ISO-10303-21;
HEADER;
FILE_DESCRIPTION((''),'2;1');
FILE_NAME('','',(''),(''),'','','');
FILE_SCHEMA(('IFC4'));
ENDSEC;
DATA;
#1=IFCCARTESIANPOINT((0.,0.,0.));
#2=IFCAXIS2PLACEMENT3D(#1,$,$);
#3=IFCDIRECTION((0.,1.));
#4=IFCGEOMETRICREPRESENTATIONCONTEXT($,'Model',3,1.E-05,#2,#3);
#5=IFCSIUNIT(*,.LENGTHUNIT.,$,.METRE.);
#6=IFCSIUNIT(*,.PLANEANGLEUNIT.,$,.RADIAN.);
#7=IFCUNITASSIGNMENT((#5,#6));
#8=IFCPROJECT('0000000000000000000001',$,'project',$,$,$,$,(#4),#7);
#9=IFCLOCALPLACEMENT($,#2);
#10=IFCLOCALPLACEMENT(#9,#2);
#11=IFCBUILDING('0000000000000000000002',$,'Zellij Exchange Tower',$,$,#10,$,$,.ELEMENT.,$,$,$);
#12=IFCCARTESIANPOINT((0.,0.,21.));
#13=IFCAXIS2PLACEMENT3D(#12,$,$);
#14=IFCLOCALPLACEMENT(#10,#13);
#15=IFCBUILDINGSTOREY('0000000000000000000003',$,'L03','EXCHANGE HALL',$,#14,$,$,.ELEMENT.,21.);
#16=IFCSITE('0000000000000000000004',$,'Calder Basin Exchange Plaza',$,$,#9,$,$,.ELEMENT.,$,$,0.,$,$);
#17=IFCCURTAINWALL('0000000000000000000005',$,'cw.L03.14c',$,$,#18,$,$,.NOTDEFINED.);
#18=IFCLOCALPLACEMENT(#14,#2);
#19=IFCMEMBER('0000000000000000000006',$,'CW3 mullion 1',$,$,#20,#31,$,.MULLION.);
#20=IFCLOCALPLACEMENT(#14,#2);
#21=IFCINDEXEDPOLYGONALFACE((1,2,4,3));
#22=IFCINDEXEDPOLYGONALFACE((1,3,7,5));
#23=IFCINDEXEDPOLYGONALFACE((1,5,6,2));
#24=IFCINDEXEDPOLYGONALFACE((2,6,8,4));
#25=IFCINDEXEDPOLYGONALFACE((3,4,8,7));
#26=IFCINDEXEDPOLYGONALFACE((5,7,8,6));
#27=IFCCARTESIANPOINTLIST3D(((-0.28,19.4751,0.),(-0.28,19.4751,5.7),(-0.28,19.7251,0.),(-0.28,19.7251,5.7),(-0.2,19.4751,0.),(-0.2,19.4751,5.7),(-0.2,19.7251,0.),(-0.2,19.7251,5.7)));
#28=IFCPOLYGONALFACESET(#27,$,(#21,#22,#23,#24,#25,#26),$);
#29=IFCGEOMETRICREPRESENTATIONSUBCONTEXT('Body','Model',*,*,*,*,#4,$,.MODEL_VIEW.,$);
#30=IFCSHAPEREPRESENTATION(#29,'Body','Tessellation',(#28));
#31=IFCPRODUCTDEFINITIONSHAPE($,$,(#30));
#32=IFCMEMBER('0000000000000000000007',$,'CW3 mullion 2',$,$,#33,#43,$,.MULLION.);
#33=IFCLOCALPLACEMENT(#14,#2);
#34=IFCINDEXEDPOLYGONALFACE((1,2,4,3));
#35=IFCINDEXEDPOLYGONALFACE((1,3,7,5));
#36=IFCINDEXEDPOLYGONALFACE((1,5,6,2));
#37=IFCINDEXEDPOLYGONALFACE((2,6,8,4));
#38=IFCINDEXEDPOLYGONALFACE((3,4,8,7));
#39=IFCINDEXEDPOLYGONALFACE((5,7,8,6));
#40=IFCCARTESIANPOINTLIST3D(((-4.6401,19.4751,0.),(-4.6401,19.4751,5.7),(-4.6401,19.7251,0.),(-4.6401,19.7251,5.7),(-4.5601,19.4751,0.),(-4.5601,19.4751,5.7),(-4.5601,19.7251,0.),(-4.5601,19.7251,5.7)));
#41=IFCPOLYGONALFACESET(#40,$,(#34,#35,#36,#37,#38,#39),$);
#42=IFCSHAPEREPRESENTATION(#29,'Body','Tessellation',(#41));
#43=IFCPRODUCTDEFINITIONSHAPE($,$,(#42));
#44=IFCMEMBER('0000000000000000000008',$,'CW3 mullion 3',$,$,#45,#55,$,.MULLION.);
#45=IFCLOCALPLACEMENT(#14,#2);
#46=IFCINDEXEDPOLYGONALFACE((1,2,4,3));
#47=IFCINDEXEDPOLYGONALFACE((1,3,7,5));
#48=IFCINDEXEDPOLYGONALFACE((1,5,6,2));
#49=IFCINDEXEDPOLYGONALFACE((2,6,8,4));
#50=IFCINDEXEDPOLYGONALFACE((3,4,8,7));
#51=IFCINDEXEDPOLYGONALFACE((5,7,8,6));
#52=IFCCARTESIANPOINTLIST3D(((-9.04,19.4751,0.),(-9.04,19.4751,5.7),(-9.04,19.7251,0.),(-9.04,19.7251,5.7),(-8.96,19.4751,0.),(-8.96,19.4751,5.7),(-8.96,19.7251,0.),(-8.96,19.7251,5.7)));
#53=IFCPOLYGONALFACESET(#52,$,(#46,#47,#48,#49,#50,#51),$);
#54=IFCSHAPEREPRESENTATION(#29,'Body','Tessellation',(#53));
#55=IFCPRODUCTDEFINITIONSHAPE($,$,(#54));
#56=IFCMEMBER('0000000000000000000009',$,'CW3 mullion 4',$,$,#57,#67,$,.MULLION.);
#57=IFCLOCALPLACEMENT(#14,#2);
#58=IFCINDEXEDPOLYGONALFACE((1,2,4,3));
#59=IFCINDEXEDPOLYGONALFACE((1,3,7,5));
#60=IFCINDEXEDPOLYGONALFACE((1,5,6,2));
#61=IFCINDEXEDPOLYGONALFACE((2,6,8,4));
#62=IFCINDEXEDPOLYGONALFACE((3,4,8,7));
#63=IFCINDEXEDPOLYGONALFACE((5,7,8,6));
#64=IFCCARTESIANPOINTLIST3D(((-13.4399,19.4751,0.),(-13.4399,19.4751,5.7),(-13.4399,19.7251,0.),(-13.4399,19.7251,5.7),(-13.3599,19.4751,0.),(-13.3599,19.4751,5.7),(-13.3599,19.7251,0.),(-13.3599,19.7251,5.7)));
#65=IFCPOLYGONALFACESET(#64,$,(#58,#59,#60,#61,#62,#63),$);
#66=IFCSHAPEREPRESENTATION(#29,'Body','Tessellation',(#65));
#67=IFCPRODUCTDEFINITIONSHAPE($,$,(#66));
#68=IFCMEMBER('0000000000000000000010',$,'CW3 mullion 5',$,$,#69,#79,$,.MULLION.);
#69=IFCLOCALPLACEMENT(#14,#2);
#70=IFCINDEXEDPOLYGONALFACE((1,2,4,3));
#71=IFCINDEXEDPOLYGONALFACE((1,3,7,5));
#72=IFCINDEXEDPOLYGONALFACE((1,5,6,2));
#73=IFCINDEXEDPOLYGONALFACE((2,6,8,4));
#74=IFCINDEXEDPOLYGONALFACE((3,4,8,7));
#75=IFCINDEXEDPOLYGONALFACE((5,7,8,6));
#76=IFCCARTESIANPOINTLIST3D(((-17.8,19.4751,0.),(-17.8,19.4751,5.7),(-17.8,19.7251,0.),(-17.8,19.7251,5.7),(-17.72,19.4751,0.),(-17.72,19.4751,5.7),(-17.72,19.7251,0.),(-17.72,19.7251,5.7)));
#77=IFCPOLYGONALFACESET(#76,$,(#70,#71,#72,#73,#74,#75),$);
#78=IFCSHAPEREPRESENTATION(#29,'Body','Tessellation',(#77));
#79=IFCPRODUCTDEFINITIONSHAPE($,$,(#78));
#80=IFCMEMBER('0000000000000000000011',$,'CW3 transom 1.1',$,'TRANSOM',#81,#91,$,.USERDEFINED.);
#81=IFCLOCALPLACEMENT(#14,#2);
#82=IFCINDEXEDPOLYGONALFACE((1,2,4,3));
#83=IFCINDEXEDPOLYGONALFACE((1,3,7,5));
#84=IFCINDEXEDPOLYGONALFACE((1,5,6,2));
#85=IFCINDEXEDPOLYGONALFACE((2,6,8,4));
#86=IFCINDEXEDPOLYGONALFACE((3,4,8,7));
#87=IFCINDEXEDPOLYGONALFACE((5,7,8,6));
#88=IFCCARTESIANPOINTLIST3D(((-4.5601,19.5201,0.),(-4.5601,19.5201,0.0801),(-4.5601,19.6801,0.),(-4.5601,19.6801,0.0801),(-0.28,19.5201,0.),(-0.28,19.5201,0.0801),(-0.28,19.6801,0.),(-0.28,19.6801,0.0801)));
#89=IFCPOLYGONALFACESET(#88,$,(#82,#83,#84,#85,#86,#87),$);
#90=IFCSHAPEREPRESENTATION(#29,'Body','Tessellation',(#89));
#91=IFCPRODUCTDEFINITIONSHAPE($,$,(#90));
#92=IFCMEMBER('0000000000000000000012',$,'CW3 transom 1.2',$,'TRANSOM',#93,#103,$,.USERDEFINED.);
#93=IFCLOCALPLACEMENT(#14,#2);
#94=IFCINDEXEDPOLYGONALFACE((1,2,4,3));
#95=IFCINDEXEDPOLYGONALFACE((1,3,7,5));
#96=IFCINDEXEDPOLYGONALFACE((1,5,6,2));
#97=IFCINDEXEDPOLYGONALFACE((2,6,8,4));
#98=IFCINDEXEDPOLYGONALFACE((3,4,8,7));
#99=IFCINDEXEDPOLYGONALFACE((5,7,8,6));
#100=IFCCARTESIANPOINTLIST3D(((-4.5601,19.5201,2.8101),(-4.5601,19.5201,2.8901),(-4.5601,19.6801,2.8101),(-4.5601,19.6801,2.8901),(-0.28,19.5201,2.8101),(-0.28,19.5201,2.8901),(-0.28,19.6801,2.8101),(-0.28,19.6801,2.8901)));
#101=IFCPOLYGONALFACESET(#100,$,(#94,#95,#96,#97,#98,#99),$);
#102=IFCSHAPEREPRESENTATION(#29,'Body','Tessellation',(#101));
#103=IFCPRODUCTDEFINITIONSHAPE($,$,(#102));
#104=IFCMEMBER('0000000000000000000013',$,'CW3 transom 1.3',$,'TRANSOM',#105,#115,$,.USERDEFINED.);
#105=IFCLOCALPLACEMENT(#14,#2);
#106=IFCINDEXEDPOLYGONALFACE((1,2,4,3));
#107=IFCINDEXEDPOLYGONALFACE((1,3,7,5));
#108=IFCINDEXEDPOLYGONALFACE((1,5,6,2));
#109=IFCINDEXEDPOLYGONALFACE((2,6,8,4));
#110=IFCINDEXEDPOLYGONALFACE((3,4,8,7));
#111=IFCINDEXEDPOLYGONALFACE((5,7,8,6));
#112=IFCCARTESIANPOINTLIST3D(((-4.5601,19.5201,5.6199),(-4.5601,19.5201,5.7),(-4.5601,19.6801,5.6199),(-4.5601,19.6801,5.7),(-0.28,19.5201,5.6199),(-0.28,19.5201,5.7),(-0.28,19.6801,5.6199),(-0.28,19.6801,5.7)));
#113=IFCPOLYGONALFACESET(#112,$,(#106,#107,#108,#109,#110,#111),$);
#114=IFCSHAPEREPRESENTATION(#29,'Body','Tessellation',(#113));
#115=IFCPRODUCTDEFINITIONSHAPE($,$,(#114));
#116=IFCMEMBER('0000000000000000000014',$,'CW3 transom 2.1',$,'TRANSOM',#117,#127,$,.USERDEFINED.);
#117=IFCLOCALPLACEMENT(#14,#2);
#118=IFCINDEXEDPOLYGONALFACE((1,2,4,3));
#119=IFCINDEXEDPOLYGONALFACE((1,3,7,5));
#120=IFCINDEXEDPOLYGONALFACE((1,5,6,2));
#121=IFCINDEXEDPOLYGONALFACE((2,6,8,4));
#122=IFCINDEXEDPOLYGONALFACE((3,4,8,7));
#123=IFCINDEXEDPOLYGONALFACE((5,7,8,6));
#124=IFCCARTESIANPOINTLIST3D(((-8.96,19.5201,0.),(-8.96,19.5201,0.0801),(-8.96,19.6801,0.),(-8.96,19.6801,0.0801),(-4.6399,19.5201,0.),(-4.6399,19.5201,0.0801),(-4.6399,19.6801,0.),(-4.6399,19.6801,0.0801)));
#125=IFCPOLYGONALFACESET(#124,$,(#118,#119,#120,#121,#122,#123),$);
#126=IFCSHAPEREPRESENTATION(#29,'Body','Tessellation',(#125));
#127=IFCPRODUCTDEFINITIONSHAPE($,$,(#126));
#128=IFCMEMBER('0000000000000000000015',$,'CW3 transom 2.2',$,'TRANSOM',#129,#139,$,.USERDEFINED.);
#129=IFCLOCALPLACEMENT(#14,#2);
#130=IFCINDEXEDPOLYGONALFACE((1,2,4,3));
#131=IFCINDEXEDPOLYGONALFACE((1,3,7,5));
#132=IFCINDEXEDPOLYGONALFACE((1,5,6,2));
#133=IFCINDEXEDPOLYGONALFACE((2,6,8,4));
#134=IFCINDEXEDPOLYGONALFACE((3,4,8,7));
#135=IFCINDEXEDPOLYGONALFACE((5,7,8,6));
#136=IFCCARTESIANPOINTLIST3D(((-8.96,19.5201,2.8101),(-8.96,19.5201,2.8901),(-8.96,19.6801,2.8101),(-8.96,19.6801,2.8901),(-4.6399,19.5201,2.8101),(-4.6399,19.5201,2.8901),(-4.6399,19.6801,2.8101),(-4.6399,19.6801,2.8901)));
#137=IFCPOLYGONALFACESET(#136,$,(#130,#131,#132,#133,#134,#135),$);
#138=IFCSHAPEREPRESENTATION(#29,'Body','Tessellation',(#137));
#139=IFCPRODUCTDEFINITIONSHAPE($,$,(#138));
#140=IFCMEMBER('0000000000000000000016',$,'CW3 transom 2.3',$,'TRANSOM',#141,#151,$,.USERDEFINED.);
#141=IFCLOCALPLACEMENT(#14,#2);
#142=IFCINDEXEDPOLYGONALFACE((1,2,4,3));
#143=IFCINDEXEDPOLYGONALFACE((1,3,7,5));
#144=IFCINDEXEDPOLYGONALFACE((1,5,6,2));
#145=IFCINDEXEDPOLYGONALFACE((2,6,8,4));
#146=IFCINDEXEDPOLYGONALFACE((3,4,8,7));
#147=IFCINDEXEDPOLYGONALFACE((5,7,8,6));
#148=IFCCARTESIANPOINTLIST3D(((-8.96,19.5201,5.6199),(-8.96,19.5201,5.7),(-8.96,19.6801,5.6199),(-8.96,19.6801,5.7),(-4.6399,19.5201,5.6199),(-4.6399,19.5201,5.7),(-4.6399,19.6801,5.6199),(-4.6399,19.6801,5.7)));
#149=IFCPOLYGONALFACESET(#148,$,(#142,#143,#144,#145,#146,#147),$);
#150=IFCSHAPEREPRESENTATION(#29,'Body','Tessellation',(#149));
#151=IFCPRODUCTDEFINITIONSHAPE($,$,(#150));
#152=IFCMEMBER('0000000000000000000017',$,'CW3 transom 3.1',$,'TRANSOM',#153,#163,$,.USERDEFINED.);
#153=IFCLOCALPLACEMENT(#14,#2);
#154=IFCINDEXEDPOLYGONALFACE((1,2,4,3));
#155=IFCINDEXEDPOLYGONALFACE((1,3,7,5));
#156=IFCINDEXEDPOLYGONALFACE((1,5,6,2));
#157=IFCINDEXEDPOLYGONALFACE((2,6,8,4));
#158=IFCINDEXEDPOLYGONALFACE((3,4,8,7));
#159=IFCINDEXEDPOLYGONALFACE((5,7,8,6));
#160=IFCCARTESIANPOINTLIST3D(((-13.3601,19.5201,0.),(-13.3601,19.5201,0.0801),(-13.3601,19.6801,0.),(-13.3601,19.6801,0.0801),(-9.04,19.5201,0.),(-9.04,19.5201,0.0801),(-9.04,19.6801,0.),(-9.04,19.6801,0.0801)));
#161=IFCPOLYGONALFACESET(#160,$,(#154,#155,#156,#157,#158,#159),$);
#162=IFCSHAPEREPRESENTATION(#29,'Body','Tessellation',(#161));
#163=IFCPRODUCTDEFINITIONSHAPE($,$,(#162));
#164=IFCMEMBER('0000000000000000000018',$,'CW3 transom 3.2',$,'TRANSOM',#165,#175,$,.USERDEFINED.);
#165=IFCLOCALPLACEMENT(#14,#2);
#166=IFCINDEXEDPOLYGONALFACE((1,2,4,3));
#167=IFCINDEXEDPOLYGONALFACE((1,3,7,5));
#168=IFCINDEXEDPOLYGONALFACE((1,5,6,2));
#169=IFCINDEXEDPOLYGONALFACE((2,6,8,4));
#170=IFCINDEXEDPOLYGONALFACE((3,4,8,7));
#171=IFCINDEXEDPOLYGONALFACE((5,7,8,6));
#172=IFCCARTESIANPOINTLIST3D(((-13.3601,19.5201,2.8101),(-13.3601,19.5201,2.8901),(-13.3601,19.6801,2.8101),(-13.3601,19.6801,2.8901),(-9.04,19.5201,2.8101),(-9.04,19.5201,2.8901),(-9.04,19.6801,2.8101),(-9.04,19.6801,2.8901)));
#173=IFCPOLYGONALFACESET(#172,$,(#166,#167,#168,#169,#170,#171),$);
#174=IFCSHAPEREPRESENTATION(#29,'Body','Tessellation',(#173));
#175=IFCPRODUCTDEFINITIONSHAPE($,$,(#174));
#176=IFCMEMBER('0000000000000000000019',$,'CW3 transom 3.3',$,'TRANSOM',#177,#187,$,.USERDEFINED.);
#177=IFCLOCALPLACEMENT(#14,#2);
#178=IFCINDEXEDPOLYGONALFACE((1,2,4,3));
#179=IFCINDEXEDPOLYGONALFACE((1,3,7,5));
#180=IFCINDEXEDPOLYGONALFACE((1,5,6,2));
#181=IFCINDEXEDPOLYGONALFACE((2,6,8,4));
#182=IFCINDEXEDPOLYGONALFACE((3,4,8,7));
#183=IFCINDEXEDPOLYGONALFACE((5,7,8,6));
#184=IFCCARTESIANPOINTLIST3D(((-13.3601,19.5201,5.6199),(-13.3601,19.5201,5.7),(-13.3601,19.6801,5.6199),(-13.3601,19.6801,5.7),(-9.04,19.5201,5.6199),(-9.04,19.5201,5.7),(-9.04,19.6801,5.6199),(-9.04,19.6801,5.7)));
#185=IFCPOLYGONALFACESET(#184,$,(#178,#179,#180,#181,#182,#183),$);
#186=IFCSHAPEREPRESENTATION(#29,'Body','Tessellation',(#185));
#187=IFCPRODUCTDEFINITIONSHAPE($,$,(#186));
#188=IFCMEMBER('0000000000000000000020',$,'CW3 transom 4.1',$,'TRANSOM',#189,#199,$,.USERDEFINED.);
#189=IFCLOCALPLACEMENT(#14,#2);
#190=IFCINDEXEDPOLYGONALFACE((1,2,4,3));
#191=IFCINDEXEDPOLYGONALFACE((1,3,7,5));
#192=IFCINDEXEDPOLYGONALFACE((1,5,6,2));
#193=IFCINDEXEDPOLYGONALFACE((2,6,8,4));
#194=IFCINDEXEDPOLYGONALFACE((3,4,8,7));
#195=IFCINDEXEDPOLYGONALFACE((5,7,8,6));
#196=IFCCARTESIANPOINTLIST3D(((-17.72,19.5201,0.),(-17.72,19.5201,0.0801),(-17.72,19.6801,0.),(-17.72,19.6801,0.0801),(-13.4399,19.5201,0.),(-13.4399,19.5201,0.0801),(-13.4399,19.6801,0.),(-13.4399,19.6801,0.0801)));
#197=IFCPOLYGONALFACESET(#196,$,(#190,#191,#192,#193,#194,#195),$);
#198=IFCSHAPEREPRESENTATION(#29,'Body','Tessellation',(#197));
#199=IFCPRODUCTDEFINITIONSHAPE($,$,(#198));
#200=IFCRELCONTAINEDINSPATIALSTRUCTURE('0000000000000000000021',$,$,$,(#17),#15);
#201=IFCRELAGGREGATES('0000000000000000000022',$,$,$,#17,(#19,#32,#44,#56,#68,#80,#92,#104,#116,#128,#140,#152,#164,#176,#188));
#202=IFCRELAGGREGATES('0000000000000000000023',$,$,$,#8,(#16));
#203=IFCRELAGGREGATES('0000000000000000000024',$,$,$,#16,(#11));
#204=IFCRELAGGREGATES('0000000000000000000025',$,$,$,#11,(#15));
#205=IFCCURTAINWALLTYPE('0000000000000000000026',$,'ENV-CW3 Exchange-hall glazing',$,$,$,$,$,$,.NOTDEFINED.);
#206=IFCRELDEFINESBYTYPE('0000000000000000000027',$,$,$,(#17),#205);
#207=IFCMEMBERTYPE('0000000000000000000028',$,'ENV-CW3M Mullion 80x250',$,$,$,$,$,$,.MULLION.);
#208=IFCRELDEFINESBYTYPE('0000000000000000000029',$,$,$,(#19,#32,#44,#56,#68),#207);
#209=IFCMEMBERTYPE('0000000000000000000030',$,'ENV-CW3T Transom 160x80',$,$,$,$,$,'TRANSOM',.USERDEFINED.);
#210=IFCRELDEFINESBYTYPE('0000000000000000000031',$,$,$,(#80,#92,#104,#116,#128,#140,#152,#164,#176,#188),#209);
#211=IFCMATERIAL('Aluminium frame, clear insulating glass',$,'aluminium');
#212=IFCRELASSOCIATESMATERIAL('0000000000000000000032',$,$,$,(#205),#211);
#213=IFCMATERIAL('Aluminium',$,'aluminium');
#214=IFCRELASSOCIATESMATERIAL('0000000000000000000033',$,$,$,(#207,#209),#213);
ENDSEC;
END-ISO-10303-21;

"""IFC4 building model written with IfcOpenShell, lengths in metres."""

from ifc_helpers import new_model, si_unit, direction, frame, origin, origin_2d, place, context, subcontext, project, spatial, rectangle, extrude, material, material_profile, profile_set, type_object, element, aggregate, save


model = new_model("IFC4")

# Units and contexts
model_context = context("Model", 3, precision=1e-05, world=origin(), true_north=direction((0.0, 1.0)))
body_context = subcontext(model_context, "Body", "Model", "MODEL_VIEW")
ifc_project = project(units=[si_unit("LENGTHUNIT", "METRE"), si_unit("PLANEANGLEUNIT", "RADIAN")], contexts=[model_context])

# Site, building, storey
site_placement = place(None, origin())
site = spatial("IfcSite", under=ifc_project, at=site_placement, Name="Calder Basin Exchange Plaza", CompositionType="ELEMENT", RefElevation=0.0)
building_placement = place(site_placement, origin())
building = spatial("IfcBuilding", under=site, at=building_placement, Name="Zellij Exchange Tower", CompositionType="ELEMENT")
storey_placement = place(building_placement, frame((0.0, 0.0, 21.0)))
storey = spatial("IfcBuildingStorey", under=building, at=storey_placement, Name="L03", Description="EXCHANGE HALL", CompositionType="ELEMENT", Elevation=21.0)

# Curtain wall, members
ifc_material_1 = material(Name="Aluminium frame, clear insulating glass", Category="aluminium")
curtain_wall_type = type_object("IfcCurtainWallType", Name="ENV-CW3 Exchange-hall glazing", PredefinedType="NOTDEFINED", material=ifc_material_1)
curtain_wall_placement = place(storey_placement, origin())
curtain_wall = element("IfcCurtainWall", 1, at=curtain_wall_placement, inside=storey, type_object=curtain_wall_type, Name="cw.L03.14c", PredefinedType="NOTDEFINED")
ifc_material_2 = material(Name="Aluminium", Category="aluminium")
ifc_material_profile_1 = material_profile(ifc_material_2, rectangle(XDim=0.0801, YDim=0.25, at=origin_2d()), Name="AL 80x250")
ifc_profile_set_1 = profile_set([ifc_material_profile_1], Name="Aluminium")
member_type_1 = type_object("IfcMemberType", Name="ENV-CW3M Mullion 80x250", PredefinedType="MULLION", material=ifc_profile_set_1)
member_1_placement = place(storey_placement, frame((-0.24, 19.6001, 0.0), z_axis=(0.0, 0.0, 1.0), x_axis=(-1.0, 0.0, 0.0)))
member_1 = element("IfcMember", 2, at=member_1_placement, type_object=member_type_1, Name="CW3 mullion 1", PredefinedType="MULLION", context=body_context, shape_type="SweptSolid", body=[
    extrude(rectangle(XDim=0.0801, YDim=0.25, at=origin_2d()), origin(), (0.0, 0.0, 1.0), 5.7),
])
member_2_placement = place(storey_placement, frame((-4.6001, 19.6001, 0.0), z_axis=(0.0, 0.0, 1.0), x_axis=(-1.0, 0.0, 0.0)))
member_2 = element("IfcMember", 3, at=member_2_placement, type_object=member_type_1, Name="CW3 mullion 2", PredefinedType="MULLION", context=body_context, shape_type="SweptSolid", body=[
    extrude(rectangle(XDim=0.0801, YDim=0.25, at=origin_2d()), origin(), (0.0, 0.0, 1.0), 5.7),
])
member_3_placement = place(storey_placement, frame((-9.0, 19.6001, 0.0), z_axis=(0.0, 0.0, 1.0), x_axis=(-1.0, 0.0, 0.0)))
member_3 = element("IfcMember", 4, at=member_3_placement, type_object=member_type_1, Name="CW3 mullion 3", PredefinedType="MULLION", context=body_context, shape_type="SweptSolid", body=[
    extrude(rectangle(XDim=0.0801, YDim=0.25, at=origin_2d()), origin(), (0.0, 0.0, 1.0), 5.7),
])
member_4_placement = place(storey_placement, frame((-13.3999, 19.6001, 0.0), z_axis=(0.0, 0.0, 1.0), x_axis=(-1.0, 0.0, 0.0)))
member_4 = element("IfcMember", 5, at=member_4_placement, type_object=member_type_1, Name="CW3 mullion 4", PredefinedType="MULLION", context=body_context, shape_type="SweptSolid", body=[
    extrude(rectangle(XDim=0.0801, YDim=0.25, at=origin_2d()), origin(), (0.0, 0.0, 1.0), 5.7),
])
member_5_placement = place(storey_placement, frame((-17.76, 19.6001, 0.0), z_axis=(0.0, 0.0, 1.0), x_axis=(-1.0, 0.0, 0.0)))
member_5 = element("IfcMember", 6, at=member_5_placement, type_object=member_type_1, Name="CW3 mullion 5", PredefinedType="MULLION", context=body_context, shape_type="SweptSolid", body=[
    extrude(rectangle(XDim=0.0801, YDim=0.25, at=origin_2d()), origin(), (0.0, 0.0, 1.0), 5.7),
])
ifc_material_profile_2 = material_profile(ifc_material_2, rectangle(XDim=0.1599, YDim=0.0801, at=origin_2d()), Name="AL 160x80")
ifc_profile_set_2 = profile_set([ifc_material_profile_2], Name="Aluminium")
member_type_2 = type_object("IfcMemberType", Name="ENV-CW3T Transom 160x80", ElementType="TRANSOM", PredefinedType="USERDEFINED", material=ifc_profile_set_2)
member_6_placement = place(storey_placement, frame((-0.28, 19.6001, 0.04), z_axis=(-1.0, 0.0, 0.0), x_axis=(0.0, -1.0, 0.0)))
member_6 = element("IfcMember", 7, at=member_6_placement, type_object=member_type_2, Name="CW3 transom 1.1", ObjectType="TRANSOM", PredefinedType="USERDEFINED", context=body_context, shape_type="SweptSolid", body=[
    extrude(rectangle(XDim=0.1599, YDim=0.0801, at=origin_2d()), origin(), (0.0, 0.0, 1.0), 4.28),
])
member_7_placement = place(storey_placement, frame((-0.28, 19.6001, 2.8501), z_axis=(-1.0, 0.0, 0.0), x_axis=(0.0, -1.0, 0.0)))
member_7 = element("IfcMember", 8, at=member_7_placement, type_object=member_type_2, Name="CW3 transom 1.2", ObjectType="TRANSOM", PredefinedType="USERDEFINED", context=body_context, shape_type="SweptSolid", body=[
    extrude(rectangle(XDim=0.1599, YDim=0.0801, at=origin_2d()), origin(), (0.0, 0.0, 1.0), 4.28),
])
member_8_placement = place(storey_placement, frame((-0.28, 19.6001, 5.6599), z_axis=(-1.0, 0.0, 0.0), x_axis=(0.0, -1.0, 0.0)))
member_8 = element("IfcMember", 9, at=member_8_placement, type_object=member_type_2, Name="CW3 transom 1.3", ObjectType="TRANSOM", PredefinedType="USERDEFINED", context=body_context, shape_type="SweptSolid", body=[
    extrude(rectangle(XDim=0.1599, YDim=0.0801, at=origin_2d()), origin(), (0.0, 0.0, 1.0), 4.28),
])
member_9_placement = place(storey_placement, frame((-4.6399, 19.6001, 0.04), z_axis=(-1.0, 0.0, 0.0), x_axis=(0.0, -1.0, 0.0)))
member_9 = element("IfcMember", 10, at=member_9_placement, type_object=member_type_2, Name="CW3 transom 2.1", ObjectType="TRANSOM", PredefinedType="USERDEFINED", context=body_context, shape_type="SweptSolid", body=[
    extrude(rectangle(XDim=0.1599, YDim=0.0801, at=origin_2d()), origin(), (0.0, 0.0, 1.0), 4.3201),
])
member_10_placement = place(storey_placement, frame((-4.6399, 19.6001, 2.8501), z_axis=(-1.0, 0.0, 0.0), x_axis=(0.0, -1.0, 0.0)))
member_10 = element("IfcMember", 11, at=member_10_placement, type_object=member_type_2, Name="CW3 transom 2.2", ObjectType="TRANSOM", PredefinedType="USERDEFINED", context=body_context, shape_type="SweptSolid", body=[
    extrude(rectangle(XDim=0.1599, YDim=0.0801, at=origin_2d()), origin(), (0.0, 0.0, 1.0), 4.3201),
])
member_11_placement = place(storey_placement, frame((-4.6399, 19.6001, 5.6599), z_axis=(-1.0, 0.0, 0.0), x_axis=(0.0, -1.0, 0.0)))
member_11 = element("IfcMember", 12, at=member_11_placement, type_object=member_type_2, Name="CW3 transom 2.3", ObjectType="TRANSOM", PredefinedType="USERDEFINED", context=body_context, shape_type="SweptSolid", body=[
    extrude(rectangle(XDim=0.1599, YDim=0.0801, at=origin_2d()), origin(), (0.0, 0.0, 1.0), 4.3201),
])
member_12_placement = place(storey_placement, frame((-9.04, 19.6001, 0.04), z_axis=(-1.0, 0.0, 0.0), x_axis=(0.0, -1.0, 0.0)))
member_12 = element("IfcMember", 13, at=member_12_placement, type_object=member_type_2, Name="CW3 transom 3.1", ObjectType="TRANSOM", PredefinedType="USERDEFINED", context=body_context, shape_type="SweptSolid", body=[
    extrude(rectangle(XDim=0.1599, YDim=0.0801, at=origin_2d()), origin(), (0.0, 0.0, 1.0), 4.3201),
])
member_13_placement = place(storey_placement, frame((-9.04, 19.6001, 2.8501), z_axis=(-1.0, 0.0, 0.0), x_axis=(0.0, -1.0, 0.0)))
member_13 = element("IfcMember", 14, at=member_13_placement, type_object=member_type_2, Name="CW3 transom 3.2", ObjectType="TRANSOM", PredefinedType="USERDEFINED", context=body_context, shape_type="SweptSolid", body=[
    extrude(rectangle(XDim=0.1599, YDim=0.0801, at=origin_2d()), origin(), (0.0, 0.0, 1.0), 4.3201),
])
member_14_placement = place(storey_placement, frame((-9.04, 19.6001, 5.6599), z_axis=(-1.0, 0.0, 0.0), x_axis=(0.0, -1.0, 0.0)))
member_14 = element("IfcMember", 15, at=member_14_placement, type_object=member_type_2, Name="CW3 transom 3.3", ObjectType="TRANSOM", PredefinedType="USERDEFINED", context=body_context, shape_type="SweptSolid", body=[
    extrude(rectangle(XDim=0.1599, YDim=0.0801, at=origin_2d()), origin(), (0.0, 0.0, 1.0), 4.3201),
])
member_15_placement = place(storey_placement, frame((-13.4399, 19.6001, 0.04), z_axis=(-1.0, 0.0, 0.0), x_axis=(0.0, -1.0, 0.0)))
member_15 = element("IfcMember", 16, at=member_15_placement, type_object=member_type_2, Name="CW3 transom 4.1", ObjectType="TRANSOM", PredefinedType="USERDEFINED", context=body_context, shape_type="SweptSolid", body=[
    extrude(rectangle(XDim=0.1599, YDim=0.0801, at=origin_2d()), origin(), (0.0, 0.0, 1.0), 4.28),
])

aggregate(curtain_wall, [member_1, member_2, member_3, member_4, member_5, member_6, member_7, member_8, member_9, member_10, member_11, member_12, member_13, member_14, member_15])

save(model, "model.ifc")
